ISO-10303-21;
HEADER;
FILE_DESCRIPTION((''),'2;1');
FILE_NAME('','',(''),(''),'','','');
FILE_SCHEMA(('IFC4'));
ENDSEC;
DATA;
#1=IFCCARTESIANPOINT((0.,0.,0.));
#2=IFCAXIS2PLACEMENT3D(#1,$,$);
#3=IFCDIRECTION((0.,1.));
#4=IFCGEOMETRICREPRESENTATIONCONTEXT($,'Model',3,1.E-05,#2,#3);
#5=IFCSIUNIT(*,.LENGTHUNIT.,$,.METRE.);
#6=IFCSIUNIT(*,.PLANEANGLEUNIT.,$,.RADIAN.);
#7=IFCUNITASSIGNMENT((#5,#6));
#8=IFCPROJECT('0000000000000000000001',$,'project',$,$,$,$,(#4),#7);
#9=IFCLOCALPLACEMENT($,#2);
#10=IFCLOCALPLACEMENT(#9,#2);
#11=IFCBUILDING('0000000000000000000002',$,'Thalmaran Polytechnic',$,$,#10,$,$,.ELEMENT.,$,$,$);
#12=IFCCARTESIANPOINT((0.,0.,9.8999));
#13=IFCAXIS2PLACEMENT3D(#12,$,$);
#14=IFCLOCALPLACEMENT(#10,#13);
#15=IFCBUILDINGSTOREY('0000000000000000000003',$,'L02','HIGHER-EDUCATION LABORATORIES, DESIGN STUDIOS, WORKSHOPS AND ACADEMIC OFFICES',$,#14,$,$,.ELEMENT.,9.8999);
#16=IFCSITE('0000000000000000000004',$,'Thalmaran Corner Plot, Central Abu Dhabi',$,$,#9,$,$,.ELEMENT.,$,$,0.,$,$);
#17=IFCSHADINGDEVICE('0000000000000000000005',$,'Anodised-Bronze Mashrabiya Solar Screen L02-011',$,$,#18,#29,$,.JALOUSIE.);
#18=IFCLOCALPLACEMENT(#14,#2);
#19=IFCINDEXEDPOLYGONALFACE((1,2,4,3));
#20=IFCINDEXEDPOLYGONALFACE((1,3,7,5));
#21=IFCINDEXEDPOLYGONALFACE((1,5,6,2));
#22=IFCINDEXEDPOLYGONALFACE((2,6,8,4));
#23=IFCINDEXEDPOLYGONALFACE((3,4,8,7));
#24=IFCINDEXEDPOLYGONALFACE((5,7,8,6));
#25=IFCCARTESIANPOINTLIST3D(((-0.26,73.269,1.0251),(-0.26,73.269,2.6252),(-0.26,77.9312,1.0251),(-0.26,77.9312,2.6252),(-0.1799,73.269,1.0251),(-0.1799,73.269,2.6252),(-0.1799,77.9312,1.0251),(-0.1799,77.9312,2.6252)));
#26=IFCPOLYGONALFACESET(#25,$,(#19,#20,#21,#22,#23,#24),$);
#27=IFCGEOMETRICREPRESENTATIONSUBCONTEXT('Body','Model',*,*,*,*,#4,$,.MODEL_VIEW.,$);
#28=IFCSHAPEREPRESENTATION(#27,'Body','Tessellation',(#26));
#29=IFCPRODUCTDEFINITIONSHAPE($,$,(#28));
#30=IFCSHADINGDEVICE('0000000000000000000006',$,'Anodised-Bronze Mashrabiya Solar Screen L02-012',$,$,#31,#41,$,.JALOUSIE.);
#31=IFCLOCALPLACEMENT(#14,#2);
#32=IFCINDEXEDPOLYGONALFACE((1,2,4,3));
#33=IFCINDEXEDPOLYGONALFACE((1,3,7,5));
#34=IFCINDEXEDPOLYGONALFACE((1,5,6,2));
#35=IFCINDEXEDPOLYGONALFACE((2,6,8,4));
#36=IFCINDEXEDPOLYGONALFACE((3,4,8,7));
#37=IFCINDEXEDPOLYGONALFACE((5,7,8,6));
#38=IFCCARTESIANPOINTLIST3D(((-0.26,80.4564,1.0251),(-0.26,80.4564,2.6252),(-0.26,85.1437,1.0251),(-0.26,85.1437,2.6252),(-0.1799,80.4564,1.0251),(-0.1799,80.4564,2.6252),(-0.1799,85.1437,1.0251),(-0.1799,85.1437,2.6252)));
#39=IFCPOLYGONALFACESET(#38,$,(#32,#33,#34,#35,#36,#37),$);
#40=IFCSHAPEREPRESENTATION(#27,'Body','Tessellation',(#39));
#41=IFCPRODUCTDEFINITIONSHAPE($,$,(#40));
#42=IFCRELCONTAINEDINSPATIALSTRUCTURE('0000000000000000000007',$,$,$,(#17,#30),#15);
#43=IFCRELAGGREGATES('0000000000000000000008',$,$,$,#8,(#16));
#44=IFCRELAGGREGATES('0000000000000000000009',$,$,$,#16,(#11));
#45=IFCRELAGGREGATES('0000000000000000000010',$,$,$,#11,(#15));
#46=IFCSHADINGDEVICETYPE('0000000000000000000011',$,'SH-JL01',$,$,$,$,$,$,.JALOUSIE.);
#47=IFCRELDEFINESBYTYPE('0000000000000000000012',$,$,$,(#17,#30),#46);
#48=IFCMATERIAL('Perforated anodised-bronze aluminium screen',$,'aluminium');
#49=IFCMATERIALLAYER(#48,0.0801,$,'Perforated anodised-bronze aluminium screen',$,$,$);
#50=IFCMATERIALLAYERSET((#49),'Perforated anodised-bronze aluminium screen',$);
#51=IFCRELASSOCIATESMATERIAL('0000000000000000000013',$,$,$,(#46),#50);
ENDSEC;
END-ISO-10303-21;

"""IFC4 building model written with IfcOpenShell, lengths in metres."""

from ifc_helpers import new_model, si_unit, direction, frame, origin, origin_2d, place, context, subcontext, project, spatial, rectangle, extrude, material, layer, layer_set, type_object, element, save


model = new_model("IFC4")

# Units and contexts
model_context = context("Model", 3, precision=1e-05, world=origin(), true_north=direction((0.0, 1.0)))
body_context = subcontext(model_context, "Body", "Model", "MODEL_VIEW")
ifc_project = project(units=[si_unit("LENGTHUNIT", "METRE"), si_unit("PLANEANGLEUNIT", "RADIAN")], contexts=[model_context])

# Site, building, storey
site_placement = place(None, origin())
site = spatial("IfcSite", under=ifc_project, at=site_placement, Name="Thalmaran Corner Plot, Central Abu Dhabi", CompositionType="ELEMENT", RefElevation=0.0)
building_placement = place(site_placement, origin())
building = spatial("IfcBuilding", under=site, at=building_placement, Name="Thalmaran Polytechnic", CompositionType="ELEMENT")
storey_placement = place(building_placement, frame((0.0, 0.0, 9.8999)))
storey = spatial("IfcBuildingStorey", under=building, at=storey_placement, Name="L02", Description="HIGHER-EDUCATION LABORATORIES, DESIGN STUDIOS, WORKSHOPS AND ACADEMIC OFFICES", CompositionType="ELEMENT", Elevation=9.8999)

# Shading devices
ifc_material_1 = material(Name="Perforated anodised-bronze aluminium screen", Category="aluminium")
ifc_layer_1 = layer(ifc_material_1, 0.0801, Name="Perforated anodised-bronze aluminium screen")
ifc_layer_set_1 = layer_set([ifc_layer_1], Name="Perforated anodised-bronze aluminium screen")
shading_device_type = type_object("IfcShadingDeviceType", Name="SH-JL01", PredefinedType="JALOUSIE", material=ifc_layer_set_1)
shading_device_1_placement = place(storey_placement, frame((-0.22, 75.6001, 1.0251), z_axis=(0.0, 0.0, 1.0), x_axis=(0.0, 1.0, 0.0)))
element("IfcShadingDevice", 1, at=shading_device_1_placement, inside=storey, type_object=shading_device_type, Name="Anodised-Bronze Mashrabiya Solar Screen L02-011", PredefinedType="JALOUSIE", context=body_context, shape_type="SweptSolid", body=[
    extrude(rectangle(XDim=4.6621, YDim=0.0801, at=origin_2d()), origin(), (0.0, 0.0, 1.0), 1.6001),
])
shading_device_2_placement = place(storey_placement, frame((-0.22, 82.8, 1.0251), z_axis=(0.0, 0.0, 1.0), x_axis=(0.0, 1.0, 0.0)))
element("IfcShadingDevice", 2, at=shading_device_2_placement, inside=storey, type_object=shading_device_type, Name="Anodised-Bronze Mashrabiya Solar Screen L02-012", PredefinedType="JALOUSIE", context=body_context, shape_type="SweptSolid", body=[
    extrude(rectangle(XDim=4.6873, YDim=0.0801, at=origin_2d()), origin(), (0.0, 0.0, 1.0), 1.6001),
])

save(model, "model.ifc")
